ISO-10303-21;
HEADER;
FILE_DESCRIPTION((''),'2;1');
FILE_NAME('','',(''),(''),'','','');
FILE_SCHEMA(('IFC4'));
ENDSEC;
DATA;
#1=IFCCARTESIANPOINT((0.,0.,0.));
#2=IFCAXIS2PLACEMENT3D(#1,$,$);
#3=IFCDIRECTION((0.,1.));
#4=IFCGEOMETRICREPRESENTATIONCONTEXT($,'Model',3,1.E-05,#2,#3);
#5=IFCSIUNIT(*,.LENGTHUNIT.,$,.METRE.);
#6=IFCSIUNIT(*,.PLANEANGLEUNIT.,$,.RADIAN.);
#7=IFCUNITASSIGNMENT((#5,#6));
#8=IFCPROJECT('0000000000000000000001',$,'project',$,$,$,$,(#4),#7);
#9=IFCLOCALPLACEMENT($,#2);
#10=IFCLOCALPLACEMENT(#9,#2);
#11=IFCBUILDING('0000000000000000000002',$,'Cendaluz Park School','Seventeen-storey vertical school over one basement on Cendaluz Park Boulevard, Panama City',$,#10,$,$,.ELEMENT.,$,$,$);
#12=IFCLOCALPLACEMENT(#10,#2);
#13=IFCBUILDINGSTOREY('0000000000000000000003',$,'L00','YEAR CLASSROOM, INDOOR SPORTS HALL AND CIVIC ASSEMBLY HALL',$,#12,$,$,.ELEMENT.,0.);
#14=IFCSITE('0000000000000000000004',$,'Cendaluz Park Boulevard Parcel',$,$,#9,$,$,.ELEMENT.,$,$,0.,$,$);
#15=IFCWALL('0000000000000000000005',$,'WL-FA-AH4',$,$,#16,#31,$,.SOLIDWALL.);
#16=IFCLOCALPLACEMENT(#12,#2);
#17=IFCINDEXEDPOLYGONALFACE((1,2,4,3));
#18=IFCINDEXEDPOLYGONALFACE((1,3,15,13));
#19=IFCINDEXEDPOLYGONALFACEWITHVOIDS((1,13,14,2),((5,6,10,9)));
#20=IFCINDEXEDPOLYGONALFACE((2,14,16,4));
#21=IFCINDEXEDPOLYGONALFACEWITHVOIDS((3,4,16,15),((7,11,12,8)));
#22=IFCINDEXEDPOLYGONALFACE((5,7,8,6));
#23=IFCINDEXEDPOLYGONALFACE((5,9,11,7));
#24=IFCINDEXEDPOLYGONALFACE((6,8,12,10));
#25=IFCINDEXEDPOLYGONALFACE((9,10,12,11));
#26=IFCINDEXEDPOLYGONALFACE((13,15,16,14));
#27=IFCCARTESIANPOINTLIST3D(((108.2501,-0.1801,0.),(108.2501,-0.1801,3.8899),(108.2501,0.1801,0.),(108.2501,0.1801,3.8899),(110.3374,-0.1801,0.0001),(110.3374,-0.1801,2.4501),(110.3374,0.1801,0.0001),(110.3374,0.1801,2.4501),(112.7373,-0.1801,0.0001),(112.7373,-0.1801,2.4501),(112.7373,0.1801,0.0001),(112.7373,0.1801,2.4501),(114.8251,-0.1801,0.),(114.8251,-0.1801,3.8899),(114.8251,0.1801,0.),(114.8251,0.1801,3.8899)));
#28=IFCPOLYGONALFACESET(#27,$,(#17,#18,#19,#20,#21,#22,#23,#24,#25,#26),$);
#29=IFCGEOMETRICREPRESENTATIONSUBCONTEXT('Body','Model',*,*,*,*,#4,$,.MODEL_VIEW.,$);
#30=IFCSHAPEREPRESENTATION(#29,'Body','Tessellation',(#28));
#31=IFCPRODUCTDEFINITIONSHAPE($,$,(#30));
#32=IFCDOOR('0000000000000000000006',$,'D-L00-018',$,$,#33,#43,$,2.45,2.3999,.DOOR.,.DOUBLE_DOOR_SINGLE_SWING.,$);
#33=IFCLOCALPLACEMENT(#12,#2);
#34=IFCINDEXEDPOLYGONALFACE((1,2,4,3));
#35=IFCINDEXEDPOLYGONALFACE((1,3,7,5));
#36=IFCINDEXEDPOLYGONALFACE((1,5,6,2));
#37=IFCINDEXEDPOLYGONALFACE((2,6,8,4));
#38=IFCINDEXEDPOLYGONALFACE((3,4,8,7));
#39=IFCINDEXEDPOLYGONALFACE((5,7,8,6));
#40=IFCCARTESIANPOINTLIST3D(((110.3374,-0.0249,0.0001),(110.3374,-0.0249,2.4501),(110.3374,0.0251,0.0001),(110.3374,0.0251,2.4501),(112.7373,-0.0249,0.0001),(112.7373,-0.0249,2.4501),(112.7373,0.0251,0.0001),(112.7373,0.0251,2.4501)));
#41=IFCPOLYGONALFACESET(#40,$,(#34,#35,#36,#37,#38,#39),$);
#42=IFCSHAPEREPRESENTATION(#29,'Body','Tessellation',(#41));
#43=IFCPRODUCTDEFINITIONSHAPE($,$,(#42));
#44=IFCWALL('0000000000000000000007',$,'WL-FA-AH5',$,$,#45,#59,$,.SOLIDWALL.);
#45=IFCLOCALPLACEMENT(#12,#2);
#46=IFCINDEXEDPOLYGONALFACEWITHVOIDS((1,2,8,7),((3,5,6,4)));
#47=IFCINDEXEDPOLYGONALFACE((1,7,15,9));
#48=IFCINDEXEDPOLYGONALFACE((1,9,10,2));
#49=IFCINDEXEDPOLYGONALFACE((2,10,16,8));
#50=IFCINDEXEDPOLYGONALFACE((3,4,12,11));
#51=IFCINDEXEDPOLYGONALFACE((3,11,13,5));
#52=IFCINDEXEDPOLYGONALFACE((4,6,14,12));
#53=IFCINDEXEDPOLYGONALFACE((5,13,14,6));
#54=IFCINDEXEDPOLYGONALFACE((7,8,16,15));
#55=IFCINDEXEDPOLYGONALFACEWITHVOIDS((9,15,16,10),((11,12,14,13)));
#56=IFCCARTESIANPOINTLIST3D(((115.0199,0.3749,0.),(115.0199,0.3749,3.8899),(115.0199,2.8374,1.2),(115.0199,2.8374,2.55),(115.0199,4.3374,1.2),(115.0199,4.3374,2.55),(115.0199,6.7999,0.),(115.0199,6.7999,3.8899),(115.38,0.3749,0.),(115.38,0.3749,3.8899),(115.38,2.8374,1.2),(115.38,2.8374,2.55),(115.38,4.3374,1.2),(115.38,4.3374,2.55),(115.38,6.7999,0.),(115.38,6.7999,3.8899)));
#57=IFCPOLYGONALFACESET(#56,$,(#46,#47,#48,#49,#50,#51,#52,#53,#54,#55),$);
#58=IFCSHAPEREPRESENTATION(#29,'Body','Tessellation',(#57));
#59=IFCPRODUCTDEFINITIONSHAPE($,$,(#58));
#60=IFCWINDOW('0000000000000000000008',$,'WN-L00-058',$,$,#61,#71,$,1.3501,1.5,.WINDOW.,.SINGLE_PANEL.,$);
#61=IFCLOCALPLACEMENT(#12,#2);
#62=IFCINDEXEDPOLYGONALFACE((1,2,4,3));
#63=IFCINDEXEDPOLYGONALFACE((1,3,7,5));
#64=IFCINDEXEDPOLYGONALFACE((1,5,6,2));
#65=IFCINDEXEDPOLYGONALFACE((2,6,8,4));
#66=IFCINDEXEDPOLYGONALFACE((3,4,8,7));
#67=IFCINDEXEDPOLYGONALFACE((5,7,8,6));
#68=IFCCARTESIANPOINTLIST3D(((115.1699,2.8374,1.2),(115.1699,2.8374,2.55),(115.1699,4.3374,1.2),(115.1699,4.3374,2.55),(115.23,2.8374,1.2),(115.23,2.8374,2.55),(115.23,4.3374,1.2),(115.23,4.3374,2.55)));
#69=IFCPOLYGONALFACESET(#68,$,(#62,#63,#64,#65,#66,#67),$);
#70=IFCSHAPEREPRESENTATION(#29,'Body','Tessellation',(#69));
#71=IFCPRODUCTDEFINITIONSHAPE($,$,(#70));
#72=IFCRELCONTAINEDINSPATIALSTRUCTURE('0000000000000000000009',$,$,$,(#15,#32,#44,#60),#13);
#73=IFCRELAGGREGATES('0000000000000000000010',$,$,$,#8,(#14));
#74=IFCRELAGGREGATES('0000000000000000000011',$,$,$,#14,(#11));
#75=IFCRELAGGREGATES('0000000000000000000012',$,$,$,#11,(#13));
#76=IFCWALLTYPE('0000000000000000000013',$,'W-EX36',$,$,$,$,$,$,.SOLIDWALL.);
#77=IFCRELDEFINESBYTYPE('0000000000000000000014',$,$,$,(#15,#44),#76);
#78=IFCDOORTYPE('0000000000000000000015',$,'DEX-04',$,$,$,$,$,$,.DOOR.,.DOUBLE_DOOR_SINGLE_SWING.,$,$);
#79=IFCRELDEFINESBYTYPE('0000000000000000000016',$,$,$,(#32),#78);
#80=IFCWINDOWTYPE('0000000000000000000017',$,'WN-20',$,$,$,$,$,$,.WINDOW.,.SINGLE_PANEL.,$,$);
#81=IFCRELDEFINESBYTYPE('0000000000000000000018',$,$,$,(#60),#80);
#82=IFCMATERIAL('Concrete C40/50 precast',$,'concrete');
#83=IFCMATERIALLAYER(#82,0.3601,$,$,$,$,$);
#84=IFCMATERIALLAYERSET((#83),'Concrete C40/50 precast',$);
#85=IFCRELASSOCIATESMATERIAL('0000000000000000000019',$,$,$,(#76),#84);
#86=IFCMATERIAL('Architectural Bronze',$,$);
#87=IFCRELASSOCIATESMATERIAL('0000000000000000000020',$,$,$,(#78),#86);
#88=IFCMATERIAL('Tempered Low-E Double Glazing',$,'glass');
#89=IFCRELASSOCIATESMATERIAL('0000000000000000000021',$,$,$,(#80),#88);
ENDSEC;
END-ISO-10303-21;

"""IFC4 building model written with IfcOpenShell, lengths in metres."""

from ifc_helpers import new_model, si_unit, direction, frame, frame_2d, origin, place, context, subcontext, project, spatial, rectangle, extrude, material, layer, layer_set, type_object, element, fill, save


model = new_model("IFC4")

# Units and contexts
model_context = context("Model", 3, precision=1e-05, world=origin(), true_north=direction((0.0, 1.0)))
body_context = subcontext(model_context, "Body", "Model", "MODEL_VIEW")
ifc_project = project(units=[si_unit("LENGTHUNIT", "METRE"), si_unit("PLANEANGLEUNIT", "RADIAN")], contexts=[model_context])

# Site, building, storey
site_placement = place(None, origin())
site = spatial("IfcSite", under=ifc_project, at=site_placement, Name="Cendaluz Park Boulevard Parcel", CompositionType="ELEMENT", RefElevation=0.0)
building_placement = place(site_placement, origin())
building = spatial("IfcBuilding", under=site, at=building_placement, Name="Cendaluz Park School", Description="Seventeen-storey vertical school over one basement on Cendaluz Park Boulevard, Panama City", CompositionType="ELEMENT")
storey_placement = place(building_placement, origin())
storey = spatial("IfcBuildingStorey", under=building, at=storey_placement, Name="L00", Description="YEAR CLASSROOM, INDOOR SPORTS HALL AND CIVIC ASSEMBLY HALL", CompositionType="ELEMENT", Elevation=0.0)

# Wall, opening, door
ifc_material_1 = material(Name="Concrete C40/50 precast", Category="concrete")
ifc_layer_1 = layer(ifc_material_1, 0.3601)
ifc_layer_set_1 = layer_set([ifc_layer_1], Name="Concrete C40/50 precast")
wall_type_1 = type_object("IfcWallType", Name="W-EX36", PredefinedType="SOLIDWALL", material=ifc_layer_set_1)
wall_1_placement = place(storey_placement, frame((108.25, 0.0, 0.0), z_axis=(0.0, 0.0, 1.0), x_axis=(1.0, 0.0, 0.0)))
wall_1 = element("IfcWall", 1, at=wall_1_placement, inside=storey, type_object=wall_type_1, Name="WL-FA-AH4", PredefinedType="SOLIDWALL", context=body_context, shape_type="SweptSolid", body=[
    extrude(rectangle(XDim=6.575, YDim=0.3601, at=frame_2d((3.2876, 0.0))), origin(), (0.0, 0.0, 1.0), 3.8899),
])
opening_1_placement = place(wall_1_placement, frame((2.0874, 0.0, 0.0)))
opening_1 = element("IfcOpeningElement", 2, at=opening_1_placement, cuts=wall_1, PredefinedType="OPENING", context=body_context, shape_type="SweptSolid", body=[
    extrude(rectangle(XDim=2.3999, YDim=2.45, at=frame_2d((1.2, 1.2251))), frame((0.0, 0.1921, 0.0), z_axis=(0.0, -1.0, 0.0), x_axis=(1.0, 0.0, 0.0)), (0.0, 0.0, 1.0), 0.384),
])
ifc_material_2 = material(Name="Architectural Bronze")
door_type_1 = type_object("IfcDoorType", Name="DEX-04", OperationType="DOUBLE_DOOR_SINGLE_SWING", PredefinedType="DOOR", material=ifc_material_2)
door_1_placement = place(opening_1_placement, frame((2.3999, 0.0, 0.0), z_axis=(0.0, 0.0, 1.0), x_axis=(-1.0, 0.0, 0.0)))
door_1 = element("IfcDoor", 3, at=door_1_placement, inside=storey, type_object=door_type_1, Name="D-L00-018", OperationType="DOUBLE_DOOR_SINGLE_SWING", OverallHeight=2.45, OverallWidth=2.3999, PredefinedType="DOOR", context=body_context, shape_type="SweptSolid", body=[
    extrude(rectangle(XDim=2.3999, YDim=2.45, at=frame_2d((1.2, 1.2251))), frame((0.0, 0.0249, 0.0), z_axis=(0.0, -1.0, 0.0), x_axis=(1.0, 0.0, 0.0)), (0.0, 0.0, 1.0), 0.05),
])
fill(opening_1, door_1)

# Wall, opening, window
wall_2_placement = place(storey_placement, frame((115.2, 0.375, 0.0), z_axis=(0.0, 0.0, 1.0), x_axis=(0.0, 1.0, 0.0)))
wall_2 = element("IfcWall", 4, at=wall_2_placement, inside=storey, type_object=wall_type_1, Name="WL-FA-AH5", PredefinedType="SOLIDWALL", context=body_context, shape_type="SweptSolid", body=[
    extrude(rectangle(XDim=6.425, YDim=0.3601, at=frame_2d((3.2124, 0.0))), origin(), (0.0, 0.0, 1.0), 3.8899),
])
opening_2_placement = place(wall_2_placement, frame((2.4624, 0.0, 1.2)))
opening_2 = element("IfcOpeningElement", 5, at=opening_2_placement, cuts=wall_2, PredefinedType="OPENING", context=body_context, shape_type="SweptSolid", body=[
    extrude(rectangle(XDim=1.5, YDim=1.3501, at=frame_2d((0.75, 0.675))), frame((0.0, 0.1921, 0.0), z_axis=(0.0, -1.0, 0.0), x_axis=(1.0, 0.0, 0.0)), (0.0, 0.0, 1.0), 0.384),
])
ifc_material_3 = material(Name="Tempered Low-E Double Glazing", Category="glass")
window_type = type_object("IfcWindowType", Name="WN-20", PartitioningType="SINGLE_PANEL", PredefinedType="WINDOW", material=ifc_material_3)
window_placement = place(opening_2_placement, origin())
window = element("IfcWindow", 6, at=window_placement, inside=storey, type_object=window_type, Name="WN-L00-058", OverallHeight=1.3501, OverallWidth=1.5, PartitioningType="SINGLE_PANEL", PredefinedType="WINDOW", context=body_context, shape_type="SweptSolid", body=[
    extrude(rectangle(XDim=1.5, YDim=1.3501, at=frame_2d((0.75, 0.675))), frame((0.0, 0.03, 0.0), z_axis=(0.0, -1.0, 0.0), x_axis=(1.0, 0.0, 0.0)), (0.0, 0.0, 1.0), 0.0601),
])
fill(opening_2, window)

save(model, "model.ifc")
